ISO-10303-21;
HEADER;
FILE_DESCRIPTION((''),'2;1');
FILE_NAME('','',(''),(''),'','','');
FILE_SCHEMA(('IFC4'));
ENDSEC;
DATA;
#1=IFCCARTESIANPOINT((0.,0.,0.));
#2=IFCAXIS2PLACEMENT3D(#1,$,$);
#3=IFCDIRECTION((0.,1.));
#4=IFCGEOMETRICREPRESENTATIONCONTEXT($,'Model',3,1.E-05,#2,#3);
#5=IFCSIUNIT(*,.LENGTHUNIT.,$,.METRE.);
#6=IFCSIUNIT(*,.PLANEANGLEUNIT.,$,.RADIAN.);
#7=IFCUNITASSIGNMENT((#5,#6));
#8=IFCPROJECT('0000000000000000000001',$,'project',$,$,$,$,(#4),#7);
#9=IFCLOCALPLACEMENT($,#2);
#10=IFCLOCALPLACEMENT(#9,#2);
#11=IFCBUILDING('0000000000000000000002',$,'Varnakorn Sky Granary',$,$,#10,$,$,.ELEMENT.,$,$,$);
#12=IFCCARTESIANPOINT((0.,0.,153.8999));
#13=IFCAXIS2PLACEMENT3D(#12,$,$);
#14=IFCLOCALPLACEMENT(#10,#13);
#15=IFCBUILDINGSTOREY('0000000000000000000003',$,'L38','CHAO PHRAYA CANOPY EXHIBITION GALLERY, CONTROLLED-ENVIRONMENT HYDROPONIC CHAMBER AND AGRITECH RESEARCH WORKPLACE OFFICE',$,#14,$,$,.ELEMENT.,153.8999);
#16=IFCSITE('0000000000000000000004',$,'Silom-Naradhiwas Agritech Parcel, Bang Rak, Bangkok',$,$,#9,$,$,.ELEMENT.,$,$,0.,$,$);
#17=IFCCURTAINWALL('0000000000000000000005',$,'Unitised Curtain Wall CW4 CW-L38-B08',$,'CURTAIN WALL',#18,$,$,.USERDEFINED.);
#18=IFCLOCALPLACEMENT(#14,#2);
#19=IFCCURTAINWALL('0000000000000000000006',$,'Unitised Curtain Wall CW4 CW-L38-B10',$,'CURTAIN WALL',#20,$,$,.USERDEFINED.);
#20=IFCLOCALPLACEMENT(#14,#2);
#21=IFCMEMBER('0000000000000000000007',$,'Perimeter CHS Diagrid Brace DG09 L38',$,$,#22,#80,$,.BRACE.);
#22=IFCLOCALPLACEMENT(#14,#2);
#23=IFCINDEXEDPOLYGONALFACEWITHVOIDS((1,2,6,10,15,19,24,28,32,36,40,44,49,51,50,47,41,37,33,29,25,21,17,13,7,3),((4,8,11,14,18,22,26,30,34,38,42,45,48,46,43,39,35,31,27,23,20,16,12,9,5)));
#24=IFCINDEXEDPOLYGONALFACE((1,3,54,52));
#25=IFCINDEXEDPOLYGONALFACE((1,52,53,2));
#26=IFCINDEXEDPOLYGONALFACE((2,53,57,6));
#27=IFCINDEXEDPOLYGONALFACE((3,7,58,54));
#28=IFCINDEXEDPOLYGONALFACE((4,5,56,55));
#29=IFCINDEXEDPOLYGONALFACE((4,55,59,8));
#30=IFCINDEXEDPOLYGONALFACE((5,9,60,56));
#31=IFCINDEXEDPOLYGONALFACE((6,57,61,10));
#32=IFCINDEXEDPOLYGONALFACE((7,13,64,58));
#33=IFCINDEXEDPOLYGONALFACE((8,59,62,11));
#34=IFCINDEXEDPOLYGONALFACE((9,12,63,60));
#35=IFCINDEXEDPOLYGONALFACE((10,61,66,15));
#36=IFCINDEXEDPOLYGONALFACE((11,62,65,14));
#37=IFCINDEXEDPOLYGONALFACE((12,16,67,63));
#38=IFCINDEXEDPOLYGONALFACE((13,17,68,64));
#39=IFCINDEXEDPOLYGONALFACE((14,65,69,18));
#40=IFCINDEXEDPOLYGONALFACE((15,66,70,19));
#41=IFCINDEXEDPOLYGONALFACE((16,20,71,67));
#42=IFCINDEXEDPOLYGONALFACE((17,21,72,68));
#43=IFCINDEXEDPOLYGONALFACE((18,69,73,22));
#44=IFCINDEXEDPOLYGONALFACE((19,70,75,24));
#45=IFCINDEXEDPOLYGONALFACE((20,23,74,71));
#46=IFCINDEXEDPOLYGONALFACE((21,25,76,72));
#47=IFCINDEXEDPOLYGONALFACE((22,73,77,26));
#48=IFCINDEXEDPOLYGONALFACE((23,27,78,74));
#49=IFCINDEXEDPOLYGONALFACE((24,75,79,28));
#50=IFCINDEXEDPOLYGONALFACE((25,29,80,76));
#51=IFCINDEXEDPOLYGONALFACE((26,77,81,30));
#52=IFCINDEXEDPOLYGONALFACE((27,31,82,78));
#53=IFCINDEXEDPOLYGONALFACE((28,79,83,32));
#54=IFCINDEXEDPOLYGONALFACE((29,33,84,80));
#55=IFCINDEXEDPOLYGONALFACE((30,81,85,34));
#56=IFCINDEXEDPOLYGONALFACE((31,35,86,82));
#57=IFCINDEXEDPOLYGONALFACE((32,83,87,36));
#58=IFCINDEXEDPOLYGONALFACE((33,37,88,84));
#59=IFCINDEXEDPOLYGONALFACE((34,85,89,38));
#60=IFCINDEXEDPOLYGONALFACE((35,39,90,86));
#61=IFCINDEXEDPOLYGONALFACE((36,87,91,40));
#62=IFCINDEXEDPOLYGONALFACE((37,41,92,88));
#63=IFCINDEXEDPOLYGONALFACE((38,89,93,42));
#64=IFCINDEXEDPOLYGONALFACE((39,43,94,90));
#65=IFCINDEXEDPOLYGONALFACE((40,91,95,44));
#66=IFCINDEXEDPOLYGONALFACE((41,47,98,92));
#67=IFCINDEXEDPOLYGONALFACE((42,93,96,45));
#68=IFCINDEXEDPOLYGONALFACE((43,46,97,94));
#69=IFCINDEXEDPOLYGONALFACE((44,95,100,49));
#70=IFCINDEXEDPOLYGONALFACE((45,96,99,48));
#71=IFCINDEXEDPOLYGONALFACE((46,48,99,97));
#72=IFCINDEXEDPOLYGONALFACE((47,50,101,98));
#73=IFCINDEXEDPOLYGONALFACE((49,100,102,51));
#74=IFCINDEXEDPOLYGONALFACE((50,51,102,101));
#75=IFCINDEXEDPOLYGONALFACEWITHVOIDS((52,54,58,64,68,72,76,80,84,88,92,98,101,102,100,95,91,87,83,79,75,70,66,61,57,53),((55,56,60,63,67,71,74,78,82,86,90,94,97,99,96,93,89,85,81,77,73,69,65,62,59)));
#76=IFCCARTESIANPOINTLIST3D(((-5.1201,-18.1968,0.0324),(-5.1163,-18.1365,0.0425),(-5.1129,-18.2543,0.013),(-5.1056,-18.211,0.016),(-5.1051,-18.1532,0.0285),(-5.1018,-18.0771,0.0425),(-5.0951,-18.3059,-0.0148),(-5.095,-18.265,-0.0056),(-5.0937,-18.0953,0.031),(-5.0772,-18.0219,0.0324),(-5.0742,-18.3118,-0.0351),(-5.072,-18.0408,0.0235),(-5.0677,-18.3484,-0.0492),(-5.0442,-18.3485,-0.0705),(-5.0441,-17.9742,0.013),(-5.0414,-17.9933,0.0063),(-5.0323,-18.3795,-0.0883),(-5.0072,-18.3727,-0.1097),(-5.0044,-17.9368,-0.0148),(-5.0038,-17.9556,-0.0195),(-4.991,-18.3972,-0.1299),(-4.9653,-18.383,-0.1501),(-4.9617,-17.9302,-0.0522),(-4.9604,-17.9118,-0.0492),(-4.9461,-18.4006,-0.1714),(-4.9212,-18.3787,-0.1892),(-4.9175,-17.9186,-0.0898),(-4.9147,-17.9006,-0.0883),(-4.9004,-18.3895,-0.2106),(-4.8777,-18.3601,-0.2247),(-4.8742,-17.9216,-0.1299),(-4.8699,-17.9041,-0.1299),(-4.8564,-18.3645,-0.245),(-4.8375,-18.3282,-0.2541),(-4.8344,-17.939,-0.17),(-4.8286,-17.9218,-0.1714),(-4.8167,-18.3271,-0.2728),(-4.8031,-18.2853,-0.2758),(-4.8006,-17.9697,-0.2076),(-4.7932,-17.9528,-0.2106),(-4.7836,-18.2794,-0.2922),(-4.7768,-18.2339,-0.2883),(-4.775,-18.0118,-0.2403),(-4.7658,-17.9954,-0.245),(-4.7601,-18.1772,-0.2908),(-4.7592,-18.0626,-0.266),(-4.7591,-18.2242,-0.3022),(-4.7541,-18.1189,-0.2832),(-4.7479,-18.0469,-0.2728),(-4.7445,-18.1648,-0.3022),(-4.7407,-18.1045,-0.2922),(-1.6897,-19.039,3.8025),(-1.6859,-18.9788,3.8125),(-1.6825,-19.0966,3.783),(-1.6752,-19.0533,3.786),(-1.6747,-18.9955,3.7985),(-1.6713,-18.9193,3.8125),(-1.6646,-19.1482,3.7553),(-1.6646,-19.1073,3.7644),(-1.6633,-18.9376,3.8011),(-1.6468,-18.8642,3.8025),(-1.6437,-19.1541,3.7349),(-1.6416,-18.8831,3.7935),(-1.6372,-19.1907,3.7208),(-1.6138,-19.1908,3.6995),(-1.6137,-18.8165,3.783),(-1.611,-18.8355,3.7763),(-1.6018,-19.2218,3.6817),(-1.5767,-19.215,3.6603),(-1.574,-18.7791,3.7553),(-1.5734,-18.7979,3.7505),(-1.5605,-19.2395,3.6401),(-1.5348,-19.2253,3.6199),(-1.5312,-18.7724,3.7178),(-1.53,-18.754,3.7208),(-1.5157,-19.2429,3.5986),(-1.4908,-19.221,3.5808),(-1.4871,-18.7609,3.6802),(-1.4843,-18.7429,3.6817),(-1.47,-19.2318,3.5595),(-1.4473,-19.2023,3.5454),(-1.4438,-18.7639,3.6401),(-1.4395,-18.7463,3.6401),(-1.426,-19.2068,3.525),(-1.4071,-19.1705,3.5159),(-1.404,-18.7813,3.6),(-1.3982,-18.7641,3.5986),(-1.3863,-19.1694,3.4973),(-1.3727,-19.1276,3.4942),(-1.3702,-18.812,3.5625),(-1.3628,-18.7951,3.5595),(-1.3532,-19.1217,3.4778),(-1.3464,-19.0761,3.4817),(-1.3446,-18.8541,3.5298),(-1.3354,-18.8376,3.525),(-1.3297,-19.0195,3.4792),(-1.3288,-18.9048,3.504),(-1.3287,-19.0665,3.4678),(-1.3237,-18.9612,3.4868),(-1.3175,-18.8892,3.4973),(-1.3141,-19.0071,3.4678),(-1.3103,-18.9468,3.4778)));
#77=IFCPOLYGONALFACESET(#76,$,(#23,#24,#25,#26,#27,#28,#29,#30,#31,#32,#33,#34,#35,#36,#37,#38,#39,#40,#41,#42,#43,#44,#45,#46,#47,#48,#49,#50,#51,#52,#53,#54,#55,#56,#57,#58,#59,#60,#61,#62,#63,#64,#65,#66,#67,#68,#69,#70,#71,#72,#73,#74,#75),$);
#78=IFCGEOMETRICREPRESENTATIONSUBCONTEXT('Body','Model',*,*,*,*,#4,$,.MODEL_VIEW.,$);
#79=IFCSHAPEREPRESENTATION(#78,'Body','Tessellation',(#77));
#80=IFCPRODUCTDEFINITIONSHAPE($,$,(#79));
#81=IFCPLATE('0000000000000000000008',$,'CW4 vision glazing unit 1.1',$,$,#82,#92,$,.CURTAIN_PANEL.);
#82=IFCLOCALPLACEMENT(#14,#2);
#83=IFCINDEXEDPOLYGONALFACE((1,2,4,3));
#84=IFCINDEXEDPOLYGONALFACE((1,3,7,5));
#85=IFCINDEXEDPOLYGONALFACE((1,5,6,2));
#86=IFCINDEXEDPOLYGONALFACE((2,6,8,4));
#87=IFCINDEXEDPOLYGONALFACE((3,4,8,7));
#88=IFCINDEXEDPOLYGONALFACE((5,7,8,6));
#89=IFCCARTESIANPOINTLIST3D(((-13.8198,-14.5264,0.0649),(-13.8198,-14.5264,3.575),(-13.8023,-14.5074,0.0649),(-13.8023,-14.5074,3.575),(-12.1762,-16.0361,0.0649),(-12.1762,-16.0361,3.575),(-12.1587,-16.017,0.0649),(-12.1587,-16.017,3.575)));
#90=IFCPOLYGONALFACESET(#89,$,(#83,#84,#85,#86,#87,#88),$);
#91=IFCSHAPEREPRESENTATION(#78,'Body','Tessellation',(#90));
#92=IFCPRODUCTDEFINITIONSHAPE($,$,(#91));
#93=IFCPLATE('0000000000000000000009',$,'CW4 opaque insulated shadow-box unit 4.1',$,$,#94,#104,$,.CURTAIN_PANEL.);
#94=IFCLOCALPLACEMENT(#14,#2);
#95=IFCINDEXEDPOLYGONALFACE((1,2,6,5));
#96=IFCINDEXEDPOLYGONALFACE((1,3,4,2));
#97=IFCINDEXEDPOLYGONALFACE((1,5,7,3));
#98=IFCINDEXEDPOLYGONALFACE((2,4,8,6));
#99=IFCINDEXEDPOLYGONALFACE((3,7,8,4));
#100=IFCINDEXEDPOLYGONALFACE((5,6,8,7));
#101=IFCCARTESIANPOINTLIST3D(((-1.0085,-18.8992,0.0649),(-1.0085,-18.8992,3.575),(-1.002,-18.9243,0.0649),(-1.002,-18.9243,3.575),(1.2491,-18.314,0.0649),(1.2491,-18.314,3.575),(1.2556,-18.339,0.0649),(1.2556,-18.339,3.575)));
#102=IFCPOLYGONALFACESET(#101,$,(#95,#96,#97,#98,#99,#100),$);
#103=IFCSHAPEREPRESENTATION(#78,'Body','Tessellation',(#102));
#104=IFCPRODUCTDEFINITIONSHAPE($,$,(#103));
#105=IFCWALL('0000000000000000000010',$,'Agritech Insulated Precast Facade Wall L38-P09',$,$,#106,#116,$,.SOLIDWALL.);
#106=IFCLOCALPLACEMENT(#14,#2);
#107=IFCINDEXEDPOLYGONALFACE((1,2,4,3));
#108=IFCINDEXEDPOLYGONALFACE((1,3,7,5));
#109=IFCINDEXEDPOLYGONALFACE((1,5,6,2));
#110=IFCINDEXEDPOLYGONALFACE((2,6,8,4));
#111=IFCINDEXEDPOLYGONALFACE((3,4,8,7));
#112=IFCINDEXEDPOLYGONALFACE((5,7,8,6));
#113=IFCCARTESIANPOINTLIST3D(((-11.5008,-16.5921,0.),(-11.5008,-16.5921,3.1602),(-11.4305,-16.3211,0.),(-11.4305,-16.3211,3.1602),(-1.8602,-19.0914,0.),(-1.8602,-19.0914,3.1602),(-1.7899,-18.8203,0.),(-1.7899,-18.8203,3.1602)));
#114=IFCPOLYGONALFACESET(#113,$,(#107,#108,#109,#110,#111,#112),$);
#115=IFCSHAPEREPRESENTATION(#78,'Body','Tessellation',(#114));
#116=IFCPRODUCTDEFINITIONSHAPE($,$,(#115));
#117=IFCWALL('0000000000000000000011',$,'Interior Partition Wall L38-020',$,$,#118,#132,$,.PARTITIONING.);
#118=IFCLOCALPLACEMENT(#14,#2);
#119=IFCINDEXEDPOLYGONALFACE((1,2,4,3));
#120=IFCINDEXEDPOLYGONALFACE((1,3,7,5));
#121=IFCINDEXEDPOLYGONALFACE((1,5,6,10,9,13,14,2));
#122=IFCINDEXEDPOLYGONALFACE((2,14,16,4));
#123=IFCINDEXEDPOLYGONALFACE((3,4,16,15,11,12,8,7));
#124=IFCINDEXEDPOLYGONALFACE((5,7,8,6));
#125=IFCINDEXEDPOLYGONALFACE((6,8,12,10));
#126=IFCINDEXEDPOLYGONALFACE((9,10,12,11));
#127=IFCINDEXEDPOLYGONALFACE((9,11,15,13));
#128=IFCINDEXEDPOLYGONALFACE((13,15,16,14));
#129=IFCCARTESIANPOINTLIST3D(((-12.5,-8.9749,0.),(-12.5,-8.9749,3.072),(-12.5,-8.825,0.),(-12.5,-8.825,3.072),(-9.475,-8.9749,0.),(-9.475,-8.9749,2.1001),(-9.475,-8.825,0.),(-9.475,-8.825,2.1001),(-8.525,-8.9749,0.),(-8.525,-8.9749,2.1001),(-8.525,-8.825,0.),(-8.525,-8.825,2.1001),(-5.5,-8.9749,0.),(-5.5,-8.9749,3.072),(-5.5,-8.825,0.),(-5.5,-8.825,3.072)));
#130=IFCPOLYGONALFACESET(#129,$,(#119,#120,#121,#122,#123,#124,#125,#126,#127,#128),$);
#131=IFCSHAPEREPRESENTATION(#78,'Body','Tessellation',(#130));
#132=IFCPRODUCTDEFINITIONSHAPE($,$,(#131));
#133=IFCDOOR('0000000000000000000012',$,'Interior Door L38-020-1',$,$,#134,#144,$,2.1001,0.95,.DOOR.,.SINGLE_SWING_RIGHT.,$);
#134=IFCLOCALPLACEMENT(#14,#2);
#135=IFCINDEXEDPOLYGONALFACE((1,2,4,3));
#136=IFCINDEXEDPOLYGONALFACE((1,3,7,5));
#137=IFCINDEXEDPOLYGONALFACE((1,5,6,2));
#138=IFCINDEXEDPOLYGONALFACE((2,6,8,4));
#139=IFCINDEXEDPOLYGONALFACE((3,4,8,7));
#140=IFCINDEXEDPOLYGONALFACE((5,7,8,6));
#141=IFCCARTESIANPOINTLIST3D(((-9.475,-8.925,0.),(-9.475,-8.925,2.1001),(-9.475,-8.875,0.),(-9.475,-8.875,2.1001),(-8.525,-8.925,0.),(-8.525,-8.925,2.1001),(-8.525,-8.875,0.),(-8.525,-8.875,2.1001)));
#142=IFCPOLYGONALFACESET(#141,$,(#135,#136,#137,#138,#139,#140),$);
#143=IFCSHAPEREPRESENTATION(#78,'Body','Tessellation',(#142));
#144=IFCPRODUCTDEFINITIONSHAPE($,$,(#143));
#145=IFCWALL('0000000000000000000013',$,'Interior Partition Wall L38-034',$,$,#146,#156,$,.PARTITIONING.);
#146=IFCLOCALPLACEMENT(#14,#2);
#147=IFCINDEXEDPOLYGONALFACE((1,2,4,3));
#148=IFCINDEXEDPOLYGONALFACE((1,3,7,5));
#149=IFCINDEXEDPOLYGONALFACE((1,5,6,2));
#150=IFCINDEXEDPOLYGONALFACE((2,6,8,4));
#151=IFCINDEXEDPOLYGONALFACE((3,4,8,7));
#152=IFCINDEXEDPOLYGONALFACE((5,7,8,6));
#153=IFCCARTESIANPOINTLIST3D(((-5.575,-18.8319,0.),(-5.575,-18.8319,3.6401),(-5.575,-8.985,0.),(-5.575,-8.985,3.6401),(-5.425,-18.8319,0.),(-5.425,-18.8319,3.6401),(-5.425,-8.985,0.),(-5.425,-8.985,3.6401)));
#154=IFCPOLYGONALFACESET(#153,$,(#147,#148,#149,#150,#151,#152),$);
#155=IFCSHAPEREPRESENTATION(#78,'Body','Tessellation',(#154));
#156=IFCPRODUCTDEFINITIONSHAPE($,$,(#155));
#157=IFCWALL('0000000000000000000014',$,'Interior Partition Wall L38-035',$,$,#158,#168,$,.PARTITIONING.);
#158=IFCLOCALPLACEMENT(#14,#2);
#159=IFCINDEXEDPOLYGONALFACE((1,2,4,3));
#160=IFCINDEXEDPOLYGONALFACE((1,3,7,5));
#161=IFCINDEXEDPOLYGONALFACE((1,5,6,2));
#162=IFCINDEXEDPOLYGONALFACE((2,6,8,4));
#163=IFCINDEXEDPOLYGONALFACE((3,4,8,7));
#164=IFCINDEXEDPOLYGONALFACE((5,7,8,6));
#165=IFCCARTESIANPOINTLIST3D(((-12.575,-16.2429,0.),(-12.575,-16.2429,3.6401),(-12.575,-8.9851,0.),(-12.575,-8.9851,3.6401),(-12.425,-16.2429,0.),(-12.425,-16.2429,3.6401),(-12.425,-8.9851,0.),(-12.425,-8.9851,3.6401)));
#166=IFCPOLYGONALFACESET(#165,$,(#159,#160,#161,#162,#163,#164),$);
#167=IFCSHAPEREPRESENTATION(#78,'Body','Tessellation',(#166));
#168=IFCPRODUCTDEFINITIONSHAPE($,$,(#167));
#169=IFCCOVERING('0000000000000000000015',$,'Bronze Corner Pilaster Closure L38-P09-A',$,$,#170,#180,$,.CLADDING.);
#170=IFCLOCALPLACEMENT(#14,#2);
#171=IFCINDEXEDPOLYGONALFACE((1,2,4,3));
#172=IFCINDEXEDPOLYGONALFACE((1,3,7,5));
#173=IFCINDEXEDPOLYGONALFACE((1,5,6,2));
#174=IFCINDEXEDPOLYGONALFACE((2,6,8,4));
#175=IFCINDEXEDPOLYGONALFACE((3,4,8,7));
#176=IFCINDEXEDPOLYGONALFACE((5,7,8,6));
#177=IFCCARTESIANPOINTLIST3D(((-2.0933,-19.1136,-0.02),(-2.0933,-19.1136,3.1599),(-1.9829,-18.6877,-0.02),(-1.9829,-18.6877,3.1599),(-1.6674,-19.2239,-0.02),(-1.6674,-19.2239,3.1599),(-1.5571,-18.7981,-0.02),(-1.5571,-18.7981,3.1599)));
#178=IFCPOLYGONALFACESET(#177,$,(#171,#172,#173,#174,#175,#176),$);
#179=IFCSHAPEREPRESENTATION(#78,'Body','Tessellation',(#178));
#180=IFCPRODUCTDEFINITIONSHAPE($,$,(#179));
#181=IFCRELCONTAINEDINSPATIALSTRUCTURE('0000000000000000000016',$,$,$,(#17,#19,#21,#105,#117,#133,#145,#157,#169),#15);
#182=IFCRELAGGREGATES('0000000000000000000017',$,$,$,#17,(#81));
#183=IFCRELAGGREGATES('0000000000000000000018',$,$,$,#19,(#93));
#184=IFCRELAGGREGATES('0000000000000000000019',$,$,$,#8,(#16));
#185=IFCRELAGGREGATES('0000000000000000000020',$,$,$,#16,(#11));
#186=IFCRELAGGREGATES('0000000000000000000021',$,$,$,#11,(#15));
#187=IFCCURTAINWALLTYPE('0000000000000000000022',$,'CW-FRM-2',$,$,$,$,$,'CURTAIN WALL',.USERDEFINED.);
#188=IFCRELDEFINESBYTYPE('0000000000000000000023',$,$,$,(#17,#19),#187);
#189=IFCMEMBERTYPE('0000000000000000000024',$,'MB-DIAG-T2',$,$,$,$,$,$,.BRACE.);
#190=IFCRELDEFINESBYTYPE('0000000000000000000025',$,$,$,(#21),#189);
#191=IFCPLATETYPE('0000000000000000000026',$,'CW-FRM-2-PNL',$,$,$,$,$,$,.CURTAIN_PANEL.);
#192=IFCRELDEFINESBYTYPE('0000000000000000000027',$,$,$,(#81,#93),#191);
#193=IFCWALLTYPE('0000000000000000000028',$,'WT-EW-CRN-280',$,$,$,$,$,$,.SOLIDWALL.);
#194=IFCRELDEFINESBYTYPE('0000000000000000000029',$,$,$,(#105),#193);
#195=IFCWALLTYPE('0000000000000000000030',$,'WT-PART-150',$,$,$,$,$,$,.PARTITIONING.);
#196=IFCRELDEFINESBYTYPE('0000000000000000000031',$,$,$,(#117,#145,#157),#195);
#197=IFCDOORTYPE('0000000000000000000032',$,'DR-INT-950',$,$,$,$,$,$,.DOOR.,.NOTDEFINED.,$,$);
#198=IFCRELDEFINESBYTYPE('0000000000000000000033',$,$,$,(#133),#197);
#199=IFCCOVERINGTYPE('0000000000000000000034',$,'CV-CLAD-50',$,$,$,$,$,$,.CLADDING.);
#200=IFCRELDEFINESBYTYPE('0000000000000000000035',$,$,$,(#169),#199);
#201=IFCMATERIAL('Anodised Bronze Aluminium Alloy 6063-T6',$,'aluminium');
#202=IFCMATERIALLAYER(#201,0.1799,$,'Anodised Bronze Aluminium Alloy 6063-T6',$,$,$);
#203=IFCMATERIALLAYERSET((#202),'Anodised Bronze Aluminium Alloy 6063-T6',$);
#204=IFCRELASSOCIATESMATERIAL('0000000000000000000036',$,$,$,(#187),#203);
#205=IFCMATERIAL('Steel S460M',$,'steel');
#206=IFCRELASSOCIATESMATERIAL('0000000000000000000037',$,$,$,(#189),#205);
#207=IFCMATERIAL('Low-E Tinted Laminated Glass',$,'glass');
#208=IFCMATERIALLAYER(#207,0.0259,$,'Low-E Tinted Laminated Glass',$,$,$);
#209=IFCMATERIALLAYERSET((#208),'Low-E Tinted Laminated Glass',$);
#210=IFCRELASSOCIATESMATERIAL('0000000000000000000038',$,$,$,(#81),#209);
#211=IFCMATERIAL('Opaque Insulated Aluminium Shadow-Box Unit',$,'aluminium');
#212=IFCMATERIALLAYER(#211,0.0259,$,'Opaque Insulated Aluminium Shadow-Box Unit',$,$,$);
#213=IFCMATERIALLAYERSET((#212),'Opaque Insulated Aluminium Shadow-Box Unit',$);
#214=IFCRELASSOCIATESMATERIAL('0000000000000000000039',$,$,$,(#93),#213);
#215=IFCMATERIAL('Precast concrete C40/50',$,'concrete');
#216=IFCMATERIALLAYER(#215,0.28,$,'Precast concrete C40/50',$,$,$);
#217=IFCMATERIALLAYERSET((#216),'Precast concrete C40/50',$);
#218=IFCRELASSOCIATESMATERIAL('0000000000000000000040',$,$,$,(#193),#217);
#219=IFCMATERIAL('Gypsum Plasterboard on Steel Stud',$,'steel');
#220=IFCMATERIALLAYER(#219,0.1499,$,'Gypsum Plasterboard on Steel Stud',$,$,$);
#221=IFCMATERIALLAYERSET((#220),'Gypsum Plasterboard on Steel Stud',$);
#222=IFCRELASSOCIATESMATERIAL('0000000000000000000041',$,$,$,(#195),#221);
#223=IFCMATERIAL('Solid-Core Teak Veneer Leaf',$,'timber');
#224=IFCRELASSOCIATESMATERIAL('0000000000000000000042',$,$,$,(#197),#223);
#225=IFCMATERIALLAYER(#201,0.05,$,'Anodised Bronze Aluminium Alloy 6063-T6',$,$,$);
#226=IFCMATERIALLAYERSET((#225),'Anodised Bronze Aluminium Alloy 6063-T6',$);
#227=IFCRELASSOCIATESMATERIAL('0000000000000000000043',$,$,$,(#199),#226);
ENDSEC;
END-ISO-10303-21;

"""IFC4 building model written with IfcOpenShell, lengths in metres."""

from ifc_helpers import new_model, si_unit, direction, frame, frame_2d, origin, origin_2d, place, context, subcontext, project, spatial, rectangle, hollow_circle, extrude, source, transform, mapped, material, layer, layer_set, material_profile, profile_set, type_object, type_shapes, element, fill, aggregate, save


model = new_model("IFC4")

# Units and contexts
model_context = context("Model", 3, precision=1e-05, world=origin(), true_north=direction((0.0, 1.0)))
body_context = subcontext(model_context, "Body", "Model", "MODEL_VIEW")
ifc_project = project(units=[si_unit("LENGTHUNIT", "METRE"), si_unit("PLANEANGLEUNIT", "RADIAN")], contexts=[model_context])

# Site, building, storey
site_placement = place(None, origin())
site = spatial("IfcSite", under=ifc_project, at=site_placement, Name="Silom-Naradhiwas Agritech Parcel, Bang Rak, Bangkok", CompositionType="ELEMENT", RefElevation=0.0)
building_placement = place(site_placement, origin())
building = spatial("IfcBuilding", under=site, at=building_placement, Name="Varnakorn Sky Granary", CompositionType="ELEMENT")
storey_placement = place(building_placement, frame((0.0, 0.0, 153.8999)))
storey = spatial("IfcBuildingStorey", under=building, at=storey_placement, Name="L38", Description="CHAO PHRAYA CANOPY EXHIBITION GALLERY, CONTROLLED-ENVIRONMENT HYDROPONIC CHAMBER AND AGRITECH RESEARCH WORKPLACE OFFICE", CompositionType="ELEMENT", Elevation=153.8999)

# Shared definitions
ifc_material_1 = material(Name="Steel S460M", Category="steel")

# Curtain wall
ifc_material_2 = material(Name="Anodised Bronze Aluminium Alloy 6063-T6", Category="aluminium")
ifc_layer_1 = layer(ifc_material_2, 0.1799, Name="Anodised Bronze Aluminium Alloy 6063-T6")
ifc_layer_set_1 = layer_set([ifc_layer_1], Name="Anodised Bronze Aluminium Alloy 6063-T6")
curtain_wall_type = type_object("IfcCurtainWallType", Name="CW-FRM-2", ElementType="CURTAIN WALL", PredefinedType="USERDEFINED", material=ifc_layer_set_1)
curtain_wall_1_placement = place(storey_placement, origin())
curtain_wall_1 = element("IfcCurtainWall", 1, at=curtain_wall_1_placement, inside=storey, type_object=curtain_wall_type, Name="Unitised Curtain Wall CW4 CW-L38-B08", ObjectType="CURTAIN WALL", PredefinedType="USERDEFINED")

# Curtain wall
curtain_wall_2_placement = place(storey_placement, origin())
curtain_wall_2 = element("IfcCurtainWall", 2, at=curtain_wall_2_placement, inside=storey, type_object=curtain_wall_type, Name="Unitised Curtain Wall CW4 CW-L38-B10", ObjectType="CURTAIN WALL", PredefinedType="USERDEFINED")

# Member
ifc_material_profile_1 = material_profile(ifc_material_1, hollow_circle(Radius=0.2539, WallThickness=0.0181, at=origin_2d()), Name="CHS 508x18")
ifc_profile_set_1 = profile_set([ifc_material_profile_1], Name="Steel S460M")
member_type_1 = type_object("IfcMemberType", Name="MB-DIAG-T2", PredefinedType="BRACE", material=ifc_profile_set_1)
member_1_placement = place(storey_placement, frame((-4.9304, -18.1506, -0.1299), z_axis=(0.664004, -0.163036, 0.729738), x_axis=(0.238452, 0.971154, 0.0)))
element("IfcMember", 3, at=member_1_placement, inside=storey, type_object=member_type_1, Name="Perimeter CHS Diagrid Brace DG09 L38", PredefinedType="BRACE", context=body_context, shape_type="SweptSolid", body=[
    extrude(hollow_circle(Radius=0.2539, WallThickness=0.0181, at=origin_2d()), origin(), (0.0, 0.0, 1.0), 5.1663),
])

# Plates
ifc_material_3 = material(Name="Low-E Tinted Laminated Glass", Category="glass")
ifc_layer_2 = layer(ifc_material_3, 0.0259, Name="Low-E Tinted Laminated Glass")
ifc_layer_set_2 = layer_set([ifc_layer_2], Name="Low-E Tinted Laminated Glass")
plate_type = type_object("IfcPlateType", Name="CW-FRM-2-PNL", PredefinedType="CURTAIN_PANEL")
shared_shape_1 = source(origin(), body_context, "Body", "SweptSolid", [
    extrude(rectangle(XDim=2.2317, YDim=0.0259, at=origin_2d()), origin(), (0.0, 0.0, 1.0), 3.51),
])
plate_1_placement = place(storey_placement, frame((-12.9893, -15.2717, 0.0649), z_axis=(0.0, 0.0, 1.0), x_axis=(-0.736469, 0.676472, 0.0)))
plate_1 = element("IfcPlate", 4, at=plate_1_placement, type_object=plate_type, material=ifc_layer_set_2, Name="CW4 vision glazing unit 1.1", PredefinedType="CURTAIN_PANEL", context=body_context, shape_type="MappedRepresentation", body=[
    mapped(shared_shape_1, transform((0.0, 0.0, 0.0), x_axis=(1.0, 0.0, 0.0), y_axis=(0.0, 1.0, 0.0), z_axis=(0.0, 0.0, 1.0), scale=1.0)),
])
aggregate(curtain_wall_1, [plate_1])
ifc_material_4 = material(Name="Opaque Insulated Aluminium Shadow-Box Unit", Category="aluminium")
ifc_layer_3 = layer(ifc_material_4, 0.0259, Name="Opaque Insulated Aluminium Shadow-Box Unit")
ifc_layer_set_3 = layer_set([ifc_layer_3], Name="Opaque Insulated Aluminium Shadow-Box Unit")
shared_shape_2 = source(origin(), body_context, "Body", "SweptSolid", [
    extrude(rectangle(XDim=2.3323, YDim=0.0259, at=origin_2d()), origin(), (0.0, 0.0, 1.0), 3.51),
])
type_shapes(plate_type, [shared_shape_1, shared_shape_2])
plate_2_placement = place(storey_placement, frame((0.1235, -18.6191, 0.0649), z_axis=(0.0, 0.0, 1.0), x_axis=(-0.968004, -0.250935, 0.0)))
plate_2 = element("IfcPlate", 5, at=plate_2_placement, type_object=plate_type, material=ifc_layer_set_3, Name="CW4 opaque insulated shadow-box unit 4.1", PredefinedType="CURTAIN_PANEL", context=body_context, shape_type="MappedRepresentation", body=[
    mapped(shared_shape_2, transform((0.0, 0.0, 0.0), x_axis=(1.0, 0.0, 0.0), y_axis=(0.0, 1.0, 0.0), z_axis=(0.0, 0.0, 1.0), scale=1.0)),
])
aggregate(curtain_wall_2, [plate_2])

# Wall
ifc_material_5 = material(Name="Precast concrete C40/50", Category="concrete")
ifc_layer_4 = layer(ifc_material_5, 0.28, Name="Precast concrete C40/50")
ifc_layer_set_4 = layer_set([ifc_layer_4], Name="Precast concrete C40/50")
wall_type_1 = type_object("IfcWallType", Name="WT-EW-CRN-280", PredefinedType="SOLIDWALL", material=ifc_layer_set_4)
wall_1_placement = place(storey_placement, frame((-1.8252, -18.9558, 0.0), z_axis=(0.0, 0.0, 1.0), x_axis=(-0.968001, 0.250948, 0.0)))
element("IfcWall", 6, at=wall_1_placement, inside=storey, type_object=wall_type_1, Name="Agritech Insulated Precast Facade Wall L38-P09", PredefinedType="SOLIDWALL", context=body_context, shape_type="SweptSolid", body=[
    extrude(rectangle(XDim=9.9592, YDim=0.28, at=frame_2d((4.9795, 0.0))), origin(), (0.0, 0.0, 1.0), 3.1602),
])

# Wall, opening, door
ifc_material_6 = material(Name="Gypsum Plasterboard on Steel Stud", Category="steel")
ifc_layer_5 = layer(ifc_material_6, 0.1499, Name="Gypsum Plasterboard on Steel Stud")
ifc_layer_set_5 = layer_set([ifc_layer_5], Name="Gypsum Plasterboard on Steel Stud")
wall_type_2 = type_object("IfcWallType", Name="WT-PART-150", PredefinedType="PARTITIONING", material=ifc_layer_set_5)
wall_2_placement = place(storey_placement, frame((-12.5, -8.8999, 0.0), z_axis=(0.0, 0.0, 1.0), x_axis=(1.0, 0.0, 0.0)))
wall_2 = element("IfcWall", 7, at=wall_2_placement, inside=storey, type_object=wall_type_2, Name="Interior Partition Wall L38-020", PredefinedType="PARTITIONING", context=body_context, shape_type="SweptSolid", body=[
    extrude(rectangle(XDim=7.0, YDim=0.1499, at=frame_2d((3.5, 0.0))), origin(), (0.0, 0.0, 1.0), 3.072),
])
opening_placement = place(wall_2_placement, frame((3.0249, 0.0, 0.0)))
opening = element("IfcOpeningElement", 8, at=opening_placement, cuts=wall_2, PredefinedType="OPENING", context=body_context, shape_type="SweptSolid", body=[
    extrude(rectangle(XDim=0.95, YDim=2.1001, at=frame_2d((0.4751, 1.05))), frame((0.0, 0.085, 0.0), z_axis=(0.0, -1.0, 0.0), x_axis=(1.0, 0.0, 0.0)), (0.0, 0.0, 1.0), 0.1699),
])
ifc_material_7 = material(Name="Solid-Core Teak Veneer Leaf", Category="timber")
door_type = type_object("IfcDoorType", Name="DR-INT-950", OperationType="NOTDEFINED", PredefinedType="DOOR", material=ifc_material_7)
door_placement = place(opening_placement, origin())
door = element("IfcDoor", 9, at=door_placement, inside=storey, type_object=door_type, Name="Interior Door L38-020-1", OperationType="SINGLE_SWING_RIGHT", OverallHeight=2.1001, OverallWidth=0.95, PredefinedType="DOOR", context=body_context, shape_type="SweptSolid", body=[
    extrude(rectangle(XDim=0.95, YDim=2.1001, at=frame_2d((0.4751, 1.05))), frame((0.0, 0.0249, 0.0), z_axis=(0.0, -1.0, 0.0), x_axis=(1.0, 0.0, 0.0)), (0.0, 0.0, 1.0), 0.05),
])
fill(opening, door)

# Walls
wall_3_placement = place(storey_placement, frame((-5.5, -8.9851, 0.0), z_axis=(0.0, 0.0, 1.0), x_axis=(0.0, -1.0, 0.0)))
element("IfcWall", 10, at=wall_3_placement, inside=storey, type_object=wall_type_2, Name="Interior Partition Wall L38-034", PredefinedType="PARTITIONING", context=body_context, shape_type="SweptSolid", body=[
    extrude(rectangle(XDim=9.8469, YDim=0.1499, at=frame_2d((4.9233, 0.0))), origin(), (0.0, 0.0, 1.0), 3.6401),
])
wall_4_placement = place(storey_placement, frame((-12.5, -16.2429, 0.0), z_axis=(0.0, 0.0, 1.0), x_axis=(0.0, 1.0, 0.0)))
element("IfcWall", 11, at=wall_4_placement, inside=storey, type_object=wall_type_2, Name="Interior Partition Wall L38-035", PredefinedType="PARTITIONING", context=body_context, shape_type="SweptSolid", body=[
    extrude(rectangle(XDim=7.2578, YDim=0.1499, at=frame_2d((3.6289, 0.0))), origin(), (0.0, 0.0, 1.0), 3.6401),
])

# Covering
ifc_layer_6 = layer(ifc_material_2, 0.05, Name="Anodised Bronze Aluminium Alloy 6063-T6")
ifc_layer_set_6 = layer_set([ifc_layer_6], Name="Anodised Bronze Aluminium Alloy 6063-T6")
covering_type = type_object("IfcCoveringType", Name="CV-CLAD-50", PredefinedType="CLADDING", material=ifc_layer_set_6)
shared_shape_3 = source(origin(), body_context, "Body", "SweptSolid", [
    extrude(rectangle(XDim=0.4399, YDim=0.4399, at=origin_2d()), origin(), (0.0, 0.0, 1.0), 3.1799),
])
type_shapes(covering_type, [shared_shape_3])
for number, where, z_axis, x_axis, name in (
    (12, (-1.8252, -18.9558, -0.02), (0.0, 0.0, 1.0), (-0.968016, 0.250887, 0.0), "Bronze Corner Pilaster Closure L38-P09-A"),
):
    element("IfcCovering", number, at=place(storey_placement, frame(where, z_axis=z_axis, x_axis=x_axis)), inside=storey, type_object=covering_type, Name=name, PredefinedType="CLADDING", context=body_context, shape_type="MappedRepresentation", body=[
        mapped(shared_shape_3, transform((0.0, 0.0, 0.0), x_axis=(1.0, 0.0, 0.0), y_axis=(0.0, 1.0, 0.0), z_axis=(0.0, 0.0, 1.0), scale=1.0)),
    ])

save(model, "model.ifc")
